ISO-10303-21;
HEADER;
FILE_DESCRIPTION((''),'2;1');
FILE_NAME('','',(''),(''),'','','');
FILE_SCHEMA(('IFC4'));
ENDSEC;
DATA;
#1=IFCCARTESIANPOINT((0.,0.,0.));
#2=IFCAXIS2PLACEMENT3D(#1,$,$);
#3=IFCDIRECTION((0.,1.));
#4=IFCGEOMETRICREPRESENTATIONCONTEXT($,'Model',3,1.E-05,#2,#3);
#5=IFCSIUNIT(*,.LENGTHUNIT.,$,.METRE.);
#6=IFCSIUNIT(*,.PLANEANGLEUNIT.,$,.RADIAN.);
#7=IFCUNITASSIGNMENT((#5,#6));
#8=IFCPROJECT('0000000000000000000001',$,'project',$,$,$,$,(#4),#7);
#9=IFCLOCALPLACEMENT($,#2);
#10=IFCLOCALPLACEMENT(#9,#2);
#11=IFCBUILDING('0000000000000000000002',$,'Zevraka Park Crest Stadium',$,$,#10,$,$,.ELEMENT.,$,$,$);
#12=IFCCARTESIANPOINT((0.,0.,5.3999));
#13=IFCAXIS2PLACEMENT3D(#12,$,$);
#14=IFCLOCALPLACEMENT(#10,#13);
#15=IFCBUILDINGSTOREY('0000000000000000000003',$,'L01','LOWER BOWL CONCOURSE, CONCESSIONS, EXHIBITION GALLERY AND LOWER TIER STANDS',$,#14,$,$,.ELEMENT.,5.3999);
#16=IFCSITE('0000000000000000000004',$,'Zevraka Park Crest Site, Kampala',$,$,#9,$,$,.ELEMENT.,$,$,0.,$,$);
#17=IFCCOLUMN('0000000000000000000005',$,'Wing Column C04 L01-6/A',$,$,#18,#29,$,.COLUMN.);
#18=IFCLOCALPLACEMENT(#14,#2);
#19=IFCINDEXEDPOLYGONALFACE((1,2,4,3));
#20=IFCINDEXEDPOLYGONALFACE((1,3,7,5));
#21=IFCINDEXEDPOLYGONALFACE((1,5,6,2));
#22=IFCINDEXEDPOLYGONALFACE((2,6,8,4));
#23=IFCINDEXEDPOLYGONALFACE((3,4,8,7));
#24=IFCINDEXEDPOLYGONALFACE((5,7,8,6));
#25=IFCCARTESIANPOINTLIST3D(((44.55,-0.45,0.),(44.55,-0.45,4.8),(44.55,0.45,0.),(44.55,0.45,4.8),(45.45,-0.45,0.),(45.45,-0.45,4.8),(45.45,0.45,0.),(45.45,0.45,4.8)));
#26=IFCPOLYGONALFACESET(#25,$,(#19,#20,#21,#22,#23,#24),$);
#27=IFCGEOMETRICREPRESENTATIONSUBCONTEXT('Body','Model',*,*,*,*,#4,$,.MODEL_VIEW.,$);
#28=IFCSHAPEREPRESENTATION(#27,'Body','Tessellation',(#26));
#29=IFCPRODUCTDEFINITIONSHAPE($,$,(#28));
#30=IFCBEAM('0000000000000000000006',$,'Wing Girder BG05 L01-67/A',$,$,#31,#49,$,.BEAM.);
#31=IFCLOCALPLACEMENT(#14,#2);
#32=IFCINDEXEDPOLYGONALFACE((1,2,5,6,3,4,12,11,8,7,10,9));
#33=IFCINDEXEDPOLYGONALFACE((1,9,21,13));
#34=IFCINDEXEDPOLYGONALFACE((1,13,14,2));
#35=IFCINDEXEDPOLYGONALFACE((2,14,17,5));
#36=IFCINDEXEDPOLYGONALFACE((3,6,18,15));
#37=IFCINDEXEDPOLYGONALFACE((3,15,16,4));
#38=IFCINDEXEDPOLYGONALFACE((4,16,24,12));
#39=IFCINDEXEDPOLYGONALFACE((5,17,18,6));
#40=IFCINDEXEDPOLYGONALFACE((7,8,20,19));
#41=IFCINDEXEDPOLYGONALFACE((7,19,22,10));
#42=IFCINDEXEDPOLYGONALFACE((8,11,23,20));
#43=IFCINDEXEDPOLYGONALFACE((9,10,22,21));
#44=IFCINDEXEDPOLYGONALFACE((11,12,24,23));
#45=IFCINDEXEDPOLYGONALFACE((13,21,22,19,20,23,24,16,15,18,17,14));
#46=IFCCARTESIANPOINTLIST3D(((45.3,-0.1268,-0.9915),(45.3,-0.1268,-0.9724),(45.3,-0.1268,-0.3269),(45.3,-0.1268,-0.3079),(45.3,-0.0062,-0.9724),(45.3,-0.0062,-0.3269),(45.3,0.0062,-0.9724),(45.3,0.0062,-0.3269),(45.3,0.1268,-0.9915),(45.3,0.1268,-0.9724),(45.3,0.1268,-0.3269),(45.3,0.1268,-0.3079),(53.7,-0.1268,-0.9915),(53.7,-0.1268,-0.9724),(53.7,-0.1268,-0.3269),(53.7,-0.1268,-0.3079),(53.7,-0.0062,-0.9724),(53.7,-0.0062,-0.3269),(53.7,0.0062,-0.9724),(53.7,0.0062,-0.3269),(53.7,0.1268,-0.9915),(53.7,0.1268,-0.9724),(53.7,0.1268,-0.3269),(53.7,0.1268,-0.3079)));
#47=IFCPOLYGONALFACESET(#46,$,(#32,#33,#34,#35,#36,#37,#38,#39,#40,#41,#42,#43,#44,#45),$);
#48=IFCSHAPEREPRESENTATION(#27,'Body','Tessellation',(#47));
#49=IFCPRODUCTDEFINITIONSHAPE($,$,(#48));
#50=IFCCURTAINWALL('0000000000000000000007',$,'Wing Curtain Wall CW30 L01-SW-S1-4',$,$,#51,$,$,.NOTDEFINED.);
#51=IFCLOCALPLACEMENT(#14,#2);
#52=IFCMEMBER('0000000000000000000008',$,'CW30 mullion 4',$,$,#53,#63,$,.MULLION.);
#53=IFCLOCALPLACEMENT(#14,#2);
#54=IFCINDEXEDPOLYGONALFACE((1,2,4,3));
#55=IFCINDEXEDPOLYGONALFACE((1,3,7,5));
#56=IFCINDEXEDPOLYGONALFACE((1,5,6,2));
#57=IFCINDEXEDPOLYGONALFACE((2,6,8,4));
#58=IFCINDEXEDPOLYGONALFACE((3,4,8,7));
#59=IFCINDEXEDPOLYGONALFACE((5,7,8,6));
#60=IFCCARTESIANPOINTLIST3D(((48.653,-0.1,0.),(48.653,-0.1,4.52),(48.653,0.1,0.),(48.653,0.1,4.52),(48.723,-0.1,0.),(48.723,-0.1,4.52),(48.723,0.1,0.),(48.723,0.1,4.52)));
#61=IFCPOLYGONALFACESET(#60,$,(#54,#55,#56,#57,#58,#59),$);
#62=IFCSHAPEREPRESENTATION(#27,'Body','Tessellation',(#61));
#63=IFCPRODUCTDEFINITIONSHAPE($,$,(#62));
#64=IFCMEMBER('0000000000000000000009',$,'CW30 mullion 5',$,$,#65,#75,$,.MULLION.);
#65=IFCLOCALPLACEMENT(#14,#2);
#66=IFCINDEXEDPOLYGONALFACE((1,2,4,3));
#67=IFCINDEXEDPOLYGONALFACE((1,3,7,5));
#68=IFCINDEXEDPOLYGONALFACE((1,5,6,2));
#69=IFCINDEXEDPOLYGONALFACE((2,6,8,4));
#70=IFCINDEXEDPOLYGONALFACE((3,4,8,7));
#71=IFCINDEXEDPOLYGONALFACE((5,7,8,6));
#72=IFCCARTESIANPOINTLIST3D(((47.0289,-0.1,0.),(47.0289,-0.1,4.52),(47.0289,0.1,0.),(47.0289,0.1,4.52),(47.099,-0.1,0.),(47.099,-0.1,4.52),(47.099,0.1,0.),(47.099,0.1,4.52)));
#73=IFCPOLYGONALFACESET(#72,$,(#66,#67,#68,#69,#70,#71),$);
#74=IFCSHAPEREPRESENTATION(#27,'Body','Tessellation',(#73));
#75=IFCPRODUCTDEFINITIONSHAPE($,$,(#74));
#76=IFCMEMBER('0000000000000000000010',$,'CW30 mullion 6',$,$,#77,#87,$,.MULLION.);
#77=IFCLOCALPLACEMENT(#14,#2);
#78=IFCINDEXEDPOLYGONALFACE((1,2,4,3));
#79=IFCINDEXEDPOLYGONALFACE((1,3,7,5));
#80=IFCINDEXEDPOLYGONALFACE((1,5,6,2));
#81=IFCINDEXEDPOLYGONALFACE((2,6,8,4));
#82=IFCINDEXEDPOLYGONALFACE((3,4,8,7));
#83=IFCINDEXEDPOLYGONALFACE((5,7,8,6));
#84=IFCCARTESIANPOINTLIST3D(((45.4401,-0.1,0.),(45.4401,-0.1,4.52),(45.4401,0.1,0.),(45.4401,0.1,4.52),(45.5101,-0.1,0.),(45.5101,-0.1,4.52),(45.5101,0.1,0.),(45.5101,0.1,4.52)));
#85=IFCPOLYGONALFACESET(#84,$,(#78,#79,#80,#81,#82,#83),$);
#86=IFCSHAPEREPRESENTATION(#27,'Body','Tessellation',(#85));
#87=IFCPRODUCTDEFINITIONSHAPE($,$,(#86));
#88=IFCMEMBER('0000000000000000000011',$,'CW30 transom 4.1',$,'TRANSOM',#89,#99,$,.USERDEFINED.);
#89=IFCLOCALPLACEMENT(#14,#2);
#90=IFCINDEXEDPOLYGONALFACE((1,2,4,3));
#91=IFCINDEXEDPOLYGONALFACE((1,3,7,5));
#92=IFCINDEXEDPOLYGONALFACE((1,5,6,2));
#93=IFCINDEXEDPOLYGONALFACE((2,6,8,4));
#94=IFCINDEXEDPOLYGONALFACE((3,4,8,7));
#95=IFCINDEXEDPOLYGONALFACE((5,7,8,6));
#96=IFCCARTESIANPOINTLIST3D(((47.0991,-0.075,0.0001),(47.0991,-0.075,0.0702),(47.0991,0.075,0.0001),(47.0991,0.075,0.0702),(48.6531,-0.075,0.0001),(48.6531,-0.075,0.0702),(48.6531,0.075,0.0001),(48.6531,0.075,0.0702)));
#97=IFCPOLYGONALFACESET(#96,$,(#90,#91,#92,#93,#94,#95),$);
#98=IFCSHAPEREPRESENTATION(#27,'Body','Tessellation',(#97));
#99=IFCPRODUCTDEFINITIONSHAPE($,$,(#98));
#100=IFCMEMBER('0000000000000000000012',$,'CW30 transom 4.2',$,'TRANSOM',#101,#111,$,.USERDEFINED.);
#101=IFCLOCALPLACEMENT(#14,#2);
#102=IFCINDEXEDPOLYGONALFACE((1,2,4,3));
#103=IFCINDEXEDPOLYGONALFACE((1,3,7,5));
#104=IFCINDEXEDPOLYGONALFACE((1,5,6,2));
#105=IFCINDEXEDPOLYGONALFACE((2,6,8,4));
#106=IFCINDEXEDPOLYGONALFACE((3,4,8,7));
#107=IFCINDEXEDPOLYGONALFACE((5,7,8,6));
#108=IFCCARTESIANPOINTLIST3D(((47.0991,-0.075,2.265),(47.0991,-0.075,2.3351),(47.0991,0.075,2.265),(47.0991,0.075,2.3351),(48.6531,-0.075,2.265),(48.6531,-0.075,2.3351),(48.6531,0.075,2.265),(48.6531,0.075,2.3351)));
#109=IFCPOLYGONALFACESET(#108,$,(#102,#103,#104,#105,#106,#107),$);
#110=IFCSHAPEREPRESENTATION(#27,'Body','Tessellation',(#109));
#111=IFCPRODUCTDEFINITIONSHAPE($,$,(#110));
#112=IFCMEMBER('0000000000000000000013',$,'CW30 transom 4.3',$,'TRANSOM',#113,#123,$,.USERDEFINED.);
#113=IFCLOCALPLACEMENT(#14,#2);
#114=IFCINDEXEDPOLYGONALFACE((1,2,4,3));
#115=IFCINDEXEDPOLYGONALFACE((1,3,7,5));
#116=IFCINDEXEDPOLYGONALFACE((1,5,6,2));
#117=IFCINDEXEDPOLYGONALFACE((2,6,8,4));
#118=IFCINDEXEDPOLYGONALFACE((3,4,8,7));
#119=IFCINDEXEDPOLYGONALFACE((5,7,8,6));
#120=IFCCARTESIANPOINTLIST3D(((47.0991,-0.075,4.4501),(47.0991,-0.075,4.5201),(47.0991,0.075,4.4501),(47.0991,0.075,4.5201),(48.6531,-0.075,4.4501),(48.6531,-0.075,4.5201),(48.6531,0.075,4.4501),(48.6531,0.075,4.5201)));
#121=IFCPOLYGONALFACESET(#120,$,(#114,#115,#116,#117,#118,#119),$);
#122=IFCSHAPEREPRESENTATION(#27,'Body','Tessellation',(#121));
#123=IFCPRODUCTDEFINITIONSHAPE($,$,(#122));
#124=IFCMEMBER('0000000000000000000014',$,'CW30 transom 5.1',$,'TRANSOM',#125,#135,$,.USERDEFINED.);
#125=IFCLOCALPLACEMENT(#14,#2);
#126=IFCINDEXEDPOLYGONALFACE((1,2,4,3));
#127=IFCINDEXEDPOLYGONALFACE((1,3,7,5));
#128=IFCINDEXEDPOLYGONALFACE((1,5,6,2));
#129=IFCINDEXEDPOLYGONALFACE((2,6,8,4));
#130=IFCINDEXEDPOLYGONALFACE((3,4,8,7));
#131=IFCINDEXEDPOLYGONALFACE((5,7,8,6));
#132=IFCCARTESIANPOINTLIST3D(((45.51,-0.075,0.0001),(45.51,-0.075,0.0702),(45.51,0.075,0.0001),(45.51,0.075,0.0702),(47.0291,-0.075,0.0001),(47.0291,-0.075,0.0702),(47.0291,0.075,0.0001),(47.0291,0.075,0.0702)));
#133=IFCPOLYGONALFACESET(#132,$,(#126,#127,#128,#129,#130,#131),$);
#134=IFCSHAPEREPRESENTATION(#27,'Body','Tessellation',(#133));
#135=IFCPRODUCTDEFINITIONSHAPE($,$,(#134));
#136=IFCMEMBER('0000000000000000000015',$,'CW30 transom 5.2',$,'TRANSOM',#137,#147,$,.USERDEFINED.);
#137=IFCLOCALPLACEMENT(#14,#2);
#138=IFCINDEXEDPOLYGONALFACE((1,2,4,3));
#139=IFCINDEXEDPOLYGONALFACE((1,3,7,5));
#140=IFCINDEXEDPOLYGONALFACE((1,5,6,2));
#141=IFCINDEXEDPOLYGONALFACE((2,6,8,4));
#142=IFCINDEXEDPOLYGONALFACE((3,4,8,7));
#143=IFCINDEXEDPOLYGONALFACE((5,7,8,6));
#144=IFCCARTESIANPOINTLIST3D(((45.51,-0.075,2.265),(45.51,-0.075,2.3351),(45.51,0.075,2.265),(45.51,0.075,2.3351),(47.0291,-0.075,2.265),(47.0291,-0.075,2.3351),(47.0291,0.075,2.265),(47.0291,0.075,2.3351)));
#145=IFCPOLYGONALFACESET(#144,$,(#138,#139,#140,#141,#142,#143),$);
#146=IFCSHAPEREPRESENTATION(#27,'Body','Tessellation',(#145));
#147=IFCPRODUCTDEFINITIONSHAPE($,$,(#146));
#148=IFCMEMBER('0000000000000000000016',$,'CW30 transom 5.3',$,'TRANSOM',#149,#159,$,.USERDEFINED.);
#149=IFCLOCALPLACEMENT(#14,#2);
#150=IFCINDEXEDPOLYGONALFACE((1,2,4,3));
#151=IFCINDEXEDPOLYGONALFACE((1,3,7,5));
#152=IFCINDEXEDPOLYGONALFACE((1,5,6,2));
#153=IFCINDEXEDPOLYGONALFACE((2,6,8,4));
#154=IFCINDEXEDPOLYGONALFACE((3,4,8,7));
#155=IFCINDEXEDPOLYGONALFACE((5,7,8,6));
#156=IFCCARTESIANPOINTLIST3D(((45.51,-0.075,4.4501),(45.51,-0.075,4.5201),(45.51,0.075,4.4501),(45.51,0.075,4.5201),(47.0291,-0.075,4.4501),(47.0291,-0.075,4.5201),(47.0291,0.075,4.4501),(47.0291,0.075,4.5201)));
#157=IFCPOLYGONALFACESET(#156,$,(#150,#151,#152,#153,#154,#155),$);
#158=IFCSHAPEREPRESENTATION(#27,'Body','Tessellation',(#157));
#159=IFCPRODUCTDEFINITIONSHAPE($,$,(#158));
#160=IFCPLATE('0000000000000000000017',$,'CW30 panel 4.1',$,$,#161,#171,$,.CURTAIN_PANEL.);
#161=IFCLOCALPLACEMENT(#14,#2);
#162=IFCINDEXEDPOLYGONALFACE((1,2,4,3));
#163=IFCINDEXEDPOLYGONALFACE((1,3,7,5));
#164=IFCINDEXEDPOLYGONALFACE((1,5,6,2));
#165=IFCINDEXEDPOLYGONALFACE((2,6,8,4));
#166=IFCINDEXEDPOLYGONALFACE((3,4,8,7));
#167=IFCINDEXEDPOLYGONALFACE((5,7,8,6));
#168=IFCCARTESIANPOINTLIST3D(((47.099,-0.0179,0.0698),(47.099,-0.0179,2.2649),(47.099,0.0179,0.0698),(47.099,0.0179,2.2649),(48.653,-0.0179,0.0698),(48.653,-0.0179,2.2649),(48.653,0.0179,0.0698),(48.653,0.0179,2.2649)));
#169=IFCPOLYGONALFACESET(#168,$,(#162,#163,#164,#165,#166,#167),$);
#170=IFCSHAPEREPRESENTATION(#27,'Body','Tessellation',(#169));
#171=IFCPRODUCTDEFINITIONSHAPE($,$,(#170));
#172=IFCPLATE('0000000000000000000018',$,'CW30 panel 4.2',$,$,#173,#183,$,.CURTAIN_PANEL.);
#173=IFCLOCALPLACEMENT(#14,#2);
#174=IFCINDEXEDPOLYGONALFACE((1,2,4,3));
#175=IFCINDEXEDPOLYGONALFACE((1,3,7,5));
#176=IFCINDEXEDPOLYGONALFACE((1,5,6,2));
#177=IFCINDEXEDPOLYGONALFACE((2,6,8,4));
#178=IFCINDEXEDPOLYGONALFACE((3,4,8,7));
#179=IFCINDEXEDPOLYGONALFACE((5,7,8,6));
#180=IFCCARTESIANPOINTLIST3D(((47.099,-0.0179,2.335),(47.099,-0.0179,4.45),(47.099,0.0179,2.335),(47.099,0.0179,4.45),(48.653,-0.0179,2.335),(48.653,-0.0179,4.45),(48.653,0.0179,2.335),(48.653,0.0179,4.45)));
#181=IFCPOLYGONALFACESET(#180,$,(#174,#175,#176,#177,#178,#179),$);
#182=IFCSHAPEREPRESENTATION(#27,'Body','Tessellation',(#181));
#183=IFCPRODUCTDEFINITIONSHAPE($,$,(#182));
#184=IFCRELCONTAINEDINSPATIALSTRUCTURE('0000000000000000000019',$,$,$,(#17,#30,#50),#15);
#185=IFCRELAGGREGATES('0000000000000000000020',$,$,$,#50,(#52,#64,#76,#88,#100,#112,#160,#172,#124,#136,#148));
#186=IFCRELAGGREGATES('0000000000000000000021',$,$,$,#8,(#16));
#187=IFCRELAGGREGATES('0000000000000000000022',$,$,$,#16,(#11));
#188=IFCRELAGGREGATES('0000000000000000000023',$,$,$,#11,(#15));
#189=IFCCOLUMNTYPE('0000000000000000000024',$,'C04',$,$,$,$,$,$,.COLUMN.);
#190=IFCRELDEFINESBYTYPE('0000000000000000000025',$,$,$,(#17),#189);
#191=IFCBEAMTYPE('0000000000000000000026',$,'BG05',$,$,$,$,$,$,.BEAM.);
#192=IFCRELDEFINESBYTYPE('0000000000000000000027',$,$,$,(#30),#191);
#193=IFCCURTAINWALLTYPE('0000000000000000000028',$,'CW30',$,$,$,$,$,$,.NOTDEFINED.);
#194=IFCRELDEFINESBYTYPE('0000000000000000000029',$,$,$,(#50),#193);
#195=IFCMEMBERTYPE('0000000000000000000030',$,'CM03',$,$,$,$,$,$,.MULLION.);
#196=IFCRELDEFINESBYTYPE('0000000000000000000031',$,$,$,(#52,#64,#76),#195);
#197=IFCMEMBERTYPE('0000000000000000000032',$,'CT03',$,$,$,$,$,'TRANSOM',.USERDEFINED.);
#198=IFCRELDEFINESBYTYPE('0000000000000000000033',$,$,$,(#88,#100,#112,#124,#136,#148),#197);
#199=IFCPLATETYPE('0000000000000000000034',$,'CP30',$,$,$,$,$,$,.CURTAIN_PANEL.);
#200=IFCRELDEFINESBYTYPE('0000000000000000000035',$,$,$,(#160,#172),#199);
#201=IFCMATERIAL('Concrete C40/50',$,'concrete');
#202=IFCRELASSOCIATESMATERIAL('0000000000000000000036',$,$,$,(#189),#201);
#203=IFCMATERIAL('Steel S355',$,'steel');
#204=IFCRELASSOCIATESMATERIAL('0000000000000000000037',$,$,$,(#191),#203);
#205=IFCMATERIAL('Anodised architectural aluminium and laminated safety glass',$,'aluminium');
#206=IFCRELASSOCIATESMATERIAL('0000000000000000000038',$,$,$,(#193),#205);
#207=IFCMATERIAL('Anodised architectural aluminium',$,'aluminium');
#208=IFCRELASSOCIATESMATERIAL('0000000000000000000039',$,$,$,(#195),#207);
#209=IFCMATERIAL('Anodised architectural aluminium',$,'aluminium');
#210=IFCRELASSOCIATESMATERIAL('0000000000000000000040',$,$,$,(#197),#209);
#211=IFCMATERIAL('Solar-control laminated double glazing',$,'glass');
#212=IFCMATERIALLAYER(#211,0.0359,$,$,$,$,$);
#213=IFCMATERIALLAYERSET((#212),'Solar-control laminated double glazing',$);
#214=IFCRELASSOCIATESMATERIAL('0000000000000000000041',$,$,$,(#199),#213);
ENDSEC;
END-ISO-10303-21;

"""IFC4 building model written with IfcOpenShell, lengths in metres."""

from ifc_helpers import new_model, si_unit, direction, frame, origin, origin_2d, place, context, subcontext, project, spatial, rectangle, i_section, extrude, material, layer, layer_set, material_profile, profile_set, type_object, element, aggregate, save


model = new_model("IFC4")

# Units and contexts
model_context = context("Model", 3, precision=1e-05, world=origin(), true_north=direction((0.0, 1.0)))
body_context = subcontext(model_context, "Body", "Model", "MODEL_VIEW")
ifc_project = project(units=[si_unit("LENGTHUNIT", "METRE"), si_unit("PLANEANGLEUNIT", "RADIAN")], contexts=[model_context])

# Site, building, storey
site_placement = place(None, origin())
site = spatial("IfcSite", under=ifc_project, at=site_placement, Name="Zevraka Park Crest Site, Kampala", CompositionType="ELEMENT", RefElevation=0.0)
building_placement = place(site_placement, origin())
building = spatial("IfcBuilding", under=site, at=building_placement, Name="Zevraka Park Crest Stadium", CompositionType="ELEMENT")
storey_placement = place(building_placement, frame((0.0, 0.0, 5.3999)))
storey = spatial("IfcBuildingStorey", under=building, at=storey_placement, Name="L01", Description="LOWER BOWL CONCOURSE, CONCESSIONS, EXHIBITION GALLERY AND LOWER TIER STANDS", CompositionType="ELEMENT", Elevation=5.3999)

# Column
ifc_material_1 = material(Name="Concrete C40/50", Category="concrete")
ifc_material_profile_1 = material_profile(ifc_material_1, rectangle(XDim=0.8999, YDim=0.8999, at=origin_2d()), Name="RC 900x900")
ifc_profile_set_1 = profile_set([ifc_material_profile_1], Name="Concrete C40/50")
column_type = type_object("IfcColumnType", Name="C04", PredefinedType="COLUMN", material=ifc_profile_set_1)
column_placement = place(storey_placement, frame((45.0, 0.0, 0.0), z_axis=(0.0, 0.0, 1.0), x_axis=(1.0, 0.0, 0.0)))
element("IfcColumn", 1, at=column_placement, inside=storey, type_object=column_type, Name="Wing Column C04 L01-6/A", PredefinedType="COLUMN", context=body_context, shape_type="SweptSolid", body=[
    extrude(rectangle(XDim=0.8999, YDim=0.8999, at=origin_2d()), origin(), (0.0, 0.0, 1.0), 4.8),
])

# Beam
ifc_material_2 = material(Name="Steel S355", Category="steel")
ifc_material_profile_2 = material_profile(ifc_material_2, i_section(OverallWidth=0.2537, OverallDepth=0.6836, WebThickness=0.0125, FlangeThickness=0.019, at=origin_2d()), Name="UKB 686x254x140")
ifc_profile_set_2 = profile_set([ifc_material_profile_2], Name="Steel S355")
beam_type = type_object("IfcBeamType", Name="BG05", PredefinedType="BEAM", material=ifc_profile_set_2)
beam_placement = place(storey_placement, frame((45.3, 0.0, -0.6497), z_axis=(1.0, 0.0, 0.0), x_axis=(0.0, 1.0, 0.0)))
element("IfcBeam", 2, at=beam_placement, inside=storey, type_object=beam_type, Name="Wing Girder BG05 L01-67/A", PredefinedType="BEAM", context=body_context, shape_type="SweptSolid", body=[
    extrude(i_section(OverallWidth=0.2537, OverallDepth=0.6836, WebThickness=0.0125, FlangeThickness=0.019, at=origin_2d()), origin(), (0.0, 0.0, 1.0), 8.3999),
])

# Curtain wall, members, plates
ifc_material_3 = material(Name="Anodised architectural aluminium and laminated safety glass", Category="aluminium")
curtain_wall_type = type_object("IfcCurtainWallType", Name="CW30", PredefinedType="NOTDEFINED", material=ifc_material_3)
curtain_wall_placement = place(storey_placement, origin())
curtain_wall = element("IfcCurtainWall", 3, at=curtain_wall_placement, inside=storey, type_object=curtain_wall_type, Name="Wing Curtain Wall CW30 L01-SW-S1-4", PredefinedType="NOTDEFINED")
ifc_material_4 = material(Name="Anodised architectural aluminium", Category="aluminium")
ifc_material_profile_3 = material_profile(ifc_material_4, rectangle(XDim=0.2, YDim=0.0701, at=origin_2d()), Name="ALU MULLION 200x70")
ifc_profile_set_3 = profile_set([ifc_material_profile_3], Name="Anodised architectural aluminium")
member_type_1 = type_object("IfcMemberType", Name="CM03", PredefinedType="MULLION", material=ifc_profile_set_3)
member_1_placement = place(storey_placement, frame((48.688, 0.0, 0.0), z_axis=(0.0, 0.0, 1.0), x_axis=(0.0, -1.0, 0.0)))
member_1 = element("IfcMember", 4, at=member_1_placement, type_object=member_type_1, Name="CW30 mullion 4", PredefinedType="MULLION", context=body_context, shape_type="SweptSolid", body=[
    extrude(rectangle(XDim=0.2, YDim=0.0701, at=origin_2d()), origin(), (0.0, 0.0, 1.0), 4.52),
])
member_2_placement = place(storey_placement, frame((47.064, 0.0, 0.0), z_axis=(0.0, 0.0, 1.0), x_axis=(0.0, -1.0, 0.0)))
member_2 = element("IfcMember", 5, at=member_2_placement, type_object=member_type_1, Name="CW30 mullion 5", PredefinedType="MULLION", context=body_context, shape_type="SweptSolid", body=[
    extrude(rectangle(XDim=0.2, YDim=0.0701, at=origin_2d()), origin(), (0.0, 0.0, 1.0), 4.52),
])
member_3_placement = place(storey_placement, frame((45.4751, 0.0, 0.0), z_axis=(0.0, 0.0, 1.0), x_axis=(0.0, -1.0, 0.0)))
member_3 = element("IfcMember", 6, at=member_3_placement, type_object=member_type_1, Name="CW30 mullion 6", PredefinedType="MULLION", context=body_context, shape_type="SweptSolid", body=[
    extrude(rectangle(XDim=0.2, YDim=0.0701, at=origin_2d()), origin(), (0.0, 0.0, 1.0), 4.52),
])
ifc_material_5 = material(Name="Anodised architectural aluminium", Category="aluminium")
ifc_material_profile_4 = material_profile(ifc_material_5, rectangle(XDim=0.1499, YDim=0.0701, at=origin_2d()), Name="ALU TRANSOM 150x70")
ifc_profile_set_4 = profile_set([ifc_material_profile_4], Name="Anodised architectural aluminium")
member_type_2 = type_object("IfcMemberType", Name="CT03", ElementType="TRANSOM", PredefinedType="USERDEFINED", material=ifc_profile_set_4)
member_4_placement = place(storey_placement, frame((48.6531, 0.0, 0.0352), z_axis=(-1.0, 0.0, 0.0), x_axis=(0.0, -1.0, 0.0)))
member_4 = element("IfcMember", 7, at=member_4_placement, type_object=member_type_2, Name="CW30 transom 4.1", ObjectType="TRANSOM", PredefinedType="USERDEFINED", context=body_context, shape_type="SweptSolid", body=[
    extrude(rectangle(XDim=0.1499, YDim=0.0701, at=origin_2d()), origin(), (0.0, 0.0, 1.0), 1.554),
])
member_5_placement = place(storey_placement, frame((48.6531, 0.0, 2.3), z_axis=(-1.0, 0.0, 0.0), x_axis=(0.0, -1.0, 0.0)))
member_5 = element("IfcMember", 8, at=member_5_placement, type_object=member_type_2, Name="CW30 transom 4.2", ObjectType="TRANSOM", PredefinedType="USERDEFINED", context=body_context, shape_type="SweptSolid", body=[
    extrude(rectangle(XDim=0.1499, YDim=0.0701, at=origin_2d()), origin(), (0.0, 0.0, 1.0), 1.554),
])
member_6_placement = place(storey_placement, frame((48.6531, 0.0, 4.4851), z_axis=(-1.0, 0.0, 0.0), x_axis=(0.0, -1.0, 0.0)))
member_6 = element("IfcMember", 9, at=member_6_placement, type_object=member_type_2, Name="CW30 transom 4.3", ObjectType="TRANSOM", PredefinedType="USERDEFINED", context=body_context, shape_type="SweptSolid", body=[
    extrude(rectangle(XDim=0.1499, YDim=0.0701, at=origin_2d()), origin(), (0.0, 0.0, 1.0), 1.554),
])
member_7_placement = place(storey_placement, frame((47.0291, 0.0, 0.0352), z_axis=(-1.0, 0.0, 0.0), x_axis=(0.0, -1.0, 0.0)))
member_7 = element("IfcMember", 10, at=member_7_placement, type_object=member_type_2, Name="CW30 transom 5.1", ObjectType="TRANSOM", PredefinedType="USERDEFINED", context=body_context, shape_type="SweptSolid", body=[
    extrude(rectangle(XDim=0.1499, YDim=0.0701, at=origin_2d()), origin(), (0.0, 0.0, 1.0), 1.519),
])
member_8_placement = place(storey_placement, frame((47.0291, 0.0, 2.3), z_axis=(-1.0, 0.0, 0.0), x_axis=(0.0, -1.0, 0.0)))
member_8 = element("IfcMember", 11, at=member_8_placement, type_object=member_type_2, Name="CW30 transom 5.2", ObjectType="TRANSOM", PredefinedType="USERDEFINED", context=body_context, shape_type="SweptSolid", body=[
    extrude(rectangle(XDim=0.1499, YDim=0.0701, at=origin_2d()), origin(), (0.0, 0.0, 1.0), 1.519),
])
member_9_placement = place(storey_placement, frame((47.0291, 0.0, 4.4851), z_axis=(-1.0, 0.0, 0.0), x_axis=(0.0, -1.0, 0.0)))
member_9 = element("IfcMember", 12, at=member_9_placement, type_object=member_type_2, Name="CW30 transom 5.3", ObjectType="TRANSOM", PredefinedType="USERDEFINED", context=body_context, shape_type="SweptSolid", body=[
    extrude(rectangle(XDim=0.1499, YDim=0.0701, at=origin_2d()), origin(), (0.0, 0.0, 1.0), 1.519),
])
ifc_material_6 = material(Name="Solar-control laminated double glazing", Category="glass")
ifc_layer_1 = layer(ifc_material_6, 0.0359)
ifc_layer_set_1 = layer_set([ifc_layer_1], Name="Solar-control laminated double glazing")
plate_type = type_object("IfcPlateType", Name="CP30", PredefinedType="CURTAIN_PANEL", material=ifc_layer_set_1)
plate_1_placement = place(storey_placement, frame((47.876, 0.0, 0.0698), z_axis=(0.0, 0.0, 1.0), x_axis=(-1.0, 0.0, 0.0)))
plate_1 = element("IfcPlate", 13, at=plate_1_placement, type_object=plate_type, Name="CW30 panel 4.1", PredefinedType="CURTAIN_PANEL", context=body_context, shape_type="SweptSolid", body=[
    extrude(rectangle(XDim=1.554, YDim=0.0359, at=origin_2d()), origin(), (0.0, 0.0, 1.0), 2.1951),
])
plate_2_placement = place(storey_placement, frame((47.876, 0.0, 2.335), z_axis=(0.0, 0.0, 1.0), x_axis=(-1.0, 0.0, 0.0)))
plate_2 = element("IfcPlate", 14, at=plate_2_placement, type_object=plate_type, Name="CW30 panel 4.2", PredefinedType="CURTAIN_PANEL", context=body_context, shape_type="SweptSolid", body=[
    extrude(rectangle(XDim=1.554, YDim=0.0359, at=origin_2d()), origin(), (0.0, 0.0, 1.0), 2.115),
])
aggregate(curtain_wall, [member_1, member_2, member_3, member_4, member_5, member_6, plate_1, plate_2, member_7, member_8, member_9])

save(model, "model.ifc")
